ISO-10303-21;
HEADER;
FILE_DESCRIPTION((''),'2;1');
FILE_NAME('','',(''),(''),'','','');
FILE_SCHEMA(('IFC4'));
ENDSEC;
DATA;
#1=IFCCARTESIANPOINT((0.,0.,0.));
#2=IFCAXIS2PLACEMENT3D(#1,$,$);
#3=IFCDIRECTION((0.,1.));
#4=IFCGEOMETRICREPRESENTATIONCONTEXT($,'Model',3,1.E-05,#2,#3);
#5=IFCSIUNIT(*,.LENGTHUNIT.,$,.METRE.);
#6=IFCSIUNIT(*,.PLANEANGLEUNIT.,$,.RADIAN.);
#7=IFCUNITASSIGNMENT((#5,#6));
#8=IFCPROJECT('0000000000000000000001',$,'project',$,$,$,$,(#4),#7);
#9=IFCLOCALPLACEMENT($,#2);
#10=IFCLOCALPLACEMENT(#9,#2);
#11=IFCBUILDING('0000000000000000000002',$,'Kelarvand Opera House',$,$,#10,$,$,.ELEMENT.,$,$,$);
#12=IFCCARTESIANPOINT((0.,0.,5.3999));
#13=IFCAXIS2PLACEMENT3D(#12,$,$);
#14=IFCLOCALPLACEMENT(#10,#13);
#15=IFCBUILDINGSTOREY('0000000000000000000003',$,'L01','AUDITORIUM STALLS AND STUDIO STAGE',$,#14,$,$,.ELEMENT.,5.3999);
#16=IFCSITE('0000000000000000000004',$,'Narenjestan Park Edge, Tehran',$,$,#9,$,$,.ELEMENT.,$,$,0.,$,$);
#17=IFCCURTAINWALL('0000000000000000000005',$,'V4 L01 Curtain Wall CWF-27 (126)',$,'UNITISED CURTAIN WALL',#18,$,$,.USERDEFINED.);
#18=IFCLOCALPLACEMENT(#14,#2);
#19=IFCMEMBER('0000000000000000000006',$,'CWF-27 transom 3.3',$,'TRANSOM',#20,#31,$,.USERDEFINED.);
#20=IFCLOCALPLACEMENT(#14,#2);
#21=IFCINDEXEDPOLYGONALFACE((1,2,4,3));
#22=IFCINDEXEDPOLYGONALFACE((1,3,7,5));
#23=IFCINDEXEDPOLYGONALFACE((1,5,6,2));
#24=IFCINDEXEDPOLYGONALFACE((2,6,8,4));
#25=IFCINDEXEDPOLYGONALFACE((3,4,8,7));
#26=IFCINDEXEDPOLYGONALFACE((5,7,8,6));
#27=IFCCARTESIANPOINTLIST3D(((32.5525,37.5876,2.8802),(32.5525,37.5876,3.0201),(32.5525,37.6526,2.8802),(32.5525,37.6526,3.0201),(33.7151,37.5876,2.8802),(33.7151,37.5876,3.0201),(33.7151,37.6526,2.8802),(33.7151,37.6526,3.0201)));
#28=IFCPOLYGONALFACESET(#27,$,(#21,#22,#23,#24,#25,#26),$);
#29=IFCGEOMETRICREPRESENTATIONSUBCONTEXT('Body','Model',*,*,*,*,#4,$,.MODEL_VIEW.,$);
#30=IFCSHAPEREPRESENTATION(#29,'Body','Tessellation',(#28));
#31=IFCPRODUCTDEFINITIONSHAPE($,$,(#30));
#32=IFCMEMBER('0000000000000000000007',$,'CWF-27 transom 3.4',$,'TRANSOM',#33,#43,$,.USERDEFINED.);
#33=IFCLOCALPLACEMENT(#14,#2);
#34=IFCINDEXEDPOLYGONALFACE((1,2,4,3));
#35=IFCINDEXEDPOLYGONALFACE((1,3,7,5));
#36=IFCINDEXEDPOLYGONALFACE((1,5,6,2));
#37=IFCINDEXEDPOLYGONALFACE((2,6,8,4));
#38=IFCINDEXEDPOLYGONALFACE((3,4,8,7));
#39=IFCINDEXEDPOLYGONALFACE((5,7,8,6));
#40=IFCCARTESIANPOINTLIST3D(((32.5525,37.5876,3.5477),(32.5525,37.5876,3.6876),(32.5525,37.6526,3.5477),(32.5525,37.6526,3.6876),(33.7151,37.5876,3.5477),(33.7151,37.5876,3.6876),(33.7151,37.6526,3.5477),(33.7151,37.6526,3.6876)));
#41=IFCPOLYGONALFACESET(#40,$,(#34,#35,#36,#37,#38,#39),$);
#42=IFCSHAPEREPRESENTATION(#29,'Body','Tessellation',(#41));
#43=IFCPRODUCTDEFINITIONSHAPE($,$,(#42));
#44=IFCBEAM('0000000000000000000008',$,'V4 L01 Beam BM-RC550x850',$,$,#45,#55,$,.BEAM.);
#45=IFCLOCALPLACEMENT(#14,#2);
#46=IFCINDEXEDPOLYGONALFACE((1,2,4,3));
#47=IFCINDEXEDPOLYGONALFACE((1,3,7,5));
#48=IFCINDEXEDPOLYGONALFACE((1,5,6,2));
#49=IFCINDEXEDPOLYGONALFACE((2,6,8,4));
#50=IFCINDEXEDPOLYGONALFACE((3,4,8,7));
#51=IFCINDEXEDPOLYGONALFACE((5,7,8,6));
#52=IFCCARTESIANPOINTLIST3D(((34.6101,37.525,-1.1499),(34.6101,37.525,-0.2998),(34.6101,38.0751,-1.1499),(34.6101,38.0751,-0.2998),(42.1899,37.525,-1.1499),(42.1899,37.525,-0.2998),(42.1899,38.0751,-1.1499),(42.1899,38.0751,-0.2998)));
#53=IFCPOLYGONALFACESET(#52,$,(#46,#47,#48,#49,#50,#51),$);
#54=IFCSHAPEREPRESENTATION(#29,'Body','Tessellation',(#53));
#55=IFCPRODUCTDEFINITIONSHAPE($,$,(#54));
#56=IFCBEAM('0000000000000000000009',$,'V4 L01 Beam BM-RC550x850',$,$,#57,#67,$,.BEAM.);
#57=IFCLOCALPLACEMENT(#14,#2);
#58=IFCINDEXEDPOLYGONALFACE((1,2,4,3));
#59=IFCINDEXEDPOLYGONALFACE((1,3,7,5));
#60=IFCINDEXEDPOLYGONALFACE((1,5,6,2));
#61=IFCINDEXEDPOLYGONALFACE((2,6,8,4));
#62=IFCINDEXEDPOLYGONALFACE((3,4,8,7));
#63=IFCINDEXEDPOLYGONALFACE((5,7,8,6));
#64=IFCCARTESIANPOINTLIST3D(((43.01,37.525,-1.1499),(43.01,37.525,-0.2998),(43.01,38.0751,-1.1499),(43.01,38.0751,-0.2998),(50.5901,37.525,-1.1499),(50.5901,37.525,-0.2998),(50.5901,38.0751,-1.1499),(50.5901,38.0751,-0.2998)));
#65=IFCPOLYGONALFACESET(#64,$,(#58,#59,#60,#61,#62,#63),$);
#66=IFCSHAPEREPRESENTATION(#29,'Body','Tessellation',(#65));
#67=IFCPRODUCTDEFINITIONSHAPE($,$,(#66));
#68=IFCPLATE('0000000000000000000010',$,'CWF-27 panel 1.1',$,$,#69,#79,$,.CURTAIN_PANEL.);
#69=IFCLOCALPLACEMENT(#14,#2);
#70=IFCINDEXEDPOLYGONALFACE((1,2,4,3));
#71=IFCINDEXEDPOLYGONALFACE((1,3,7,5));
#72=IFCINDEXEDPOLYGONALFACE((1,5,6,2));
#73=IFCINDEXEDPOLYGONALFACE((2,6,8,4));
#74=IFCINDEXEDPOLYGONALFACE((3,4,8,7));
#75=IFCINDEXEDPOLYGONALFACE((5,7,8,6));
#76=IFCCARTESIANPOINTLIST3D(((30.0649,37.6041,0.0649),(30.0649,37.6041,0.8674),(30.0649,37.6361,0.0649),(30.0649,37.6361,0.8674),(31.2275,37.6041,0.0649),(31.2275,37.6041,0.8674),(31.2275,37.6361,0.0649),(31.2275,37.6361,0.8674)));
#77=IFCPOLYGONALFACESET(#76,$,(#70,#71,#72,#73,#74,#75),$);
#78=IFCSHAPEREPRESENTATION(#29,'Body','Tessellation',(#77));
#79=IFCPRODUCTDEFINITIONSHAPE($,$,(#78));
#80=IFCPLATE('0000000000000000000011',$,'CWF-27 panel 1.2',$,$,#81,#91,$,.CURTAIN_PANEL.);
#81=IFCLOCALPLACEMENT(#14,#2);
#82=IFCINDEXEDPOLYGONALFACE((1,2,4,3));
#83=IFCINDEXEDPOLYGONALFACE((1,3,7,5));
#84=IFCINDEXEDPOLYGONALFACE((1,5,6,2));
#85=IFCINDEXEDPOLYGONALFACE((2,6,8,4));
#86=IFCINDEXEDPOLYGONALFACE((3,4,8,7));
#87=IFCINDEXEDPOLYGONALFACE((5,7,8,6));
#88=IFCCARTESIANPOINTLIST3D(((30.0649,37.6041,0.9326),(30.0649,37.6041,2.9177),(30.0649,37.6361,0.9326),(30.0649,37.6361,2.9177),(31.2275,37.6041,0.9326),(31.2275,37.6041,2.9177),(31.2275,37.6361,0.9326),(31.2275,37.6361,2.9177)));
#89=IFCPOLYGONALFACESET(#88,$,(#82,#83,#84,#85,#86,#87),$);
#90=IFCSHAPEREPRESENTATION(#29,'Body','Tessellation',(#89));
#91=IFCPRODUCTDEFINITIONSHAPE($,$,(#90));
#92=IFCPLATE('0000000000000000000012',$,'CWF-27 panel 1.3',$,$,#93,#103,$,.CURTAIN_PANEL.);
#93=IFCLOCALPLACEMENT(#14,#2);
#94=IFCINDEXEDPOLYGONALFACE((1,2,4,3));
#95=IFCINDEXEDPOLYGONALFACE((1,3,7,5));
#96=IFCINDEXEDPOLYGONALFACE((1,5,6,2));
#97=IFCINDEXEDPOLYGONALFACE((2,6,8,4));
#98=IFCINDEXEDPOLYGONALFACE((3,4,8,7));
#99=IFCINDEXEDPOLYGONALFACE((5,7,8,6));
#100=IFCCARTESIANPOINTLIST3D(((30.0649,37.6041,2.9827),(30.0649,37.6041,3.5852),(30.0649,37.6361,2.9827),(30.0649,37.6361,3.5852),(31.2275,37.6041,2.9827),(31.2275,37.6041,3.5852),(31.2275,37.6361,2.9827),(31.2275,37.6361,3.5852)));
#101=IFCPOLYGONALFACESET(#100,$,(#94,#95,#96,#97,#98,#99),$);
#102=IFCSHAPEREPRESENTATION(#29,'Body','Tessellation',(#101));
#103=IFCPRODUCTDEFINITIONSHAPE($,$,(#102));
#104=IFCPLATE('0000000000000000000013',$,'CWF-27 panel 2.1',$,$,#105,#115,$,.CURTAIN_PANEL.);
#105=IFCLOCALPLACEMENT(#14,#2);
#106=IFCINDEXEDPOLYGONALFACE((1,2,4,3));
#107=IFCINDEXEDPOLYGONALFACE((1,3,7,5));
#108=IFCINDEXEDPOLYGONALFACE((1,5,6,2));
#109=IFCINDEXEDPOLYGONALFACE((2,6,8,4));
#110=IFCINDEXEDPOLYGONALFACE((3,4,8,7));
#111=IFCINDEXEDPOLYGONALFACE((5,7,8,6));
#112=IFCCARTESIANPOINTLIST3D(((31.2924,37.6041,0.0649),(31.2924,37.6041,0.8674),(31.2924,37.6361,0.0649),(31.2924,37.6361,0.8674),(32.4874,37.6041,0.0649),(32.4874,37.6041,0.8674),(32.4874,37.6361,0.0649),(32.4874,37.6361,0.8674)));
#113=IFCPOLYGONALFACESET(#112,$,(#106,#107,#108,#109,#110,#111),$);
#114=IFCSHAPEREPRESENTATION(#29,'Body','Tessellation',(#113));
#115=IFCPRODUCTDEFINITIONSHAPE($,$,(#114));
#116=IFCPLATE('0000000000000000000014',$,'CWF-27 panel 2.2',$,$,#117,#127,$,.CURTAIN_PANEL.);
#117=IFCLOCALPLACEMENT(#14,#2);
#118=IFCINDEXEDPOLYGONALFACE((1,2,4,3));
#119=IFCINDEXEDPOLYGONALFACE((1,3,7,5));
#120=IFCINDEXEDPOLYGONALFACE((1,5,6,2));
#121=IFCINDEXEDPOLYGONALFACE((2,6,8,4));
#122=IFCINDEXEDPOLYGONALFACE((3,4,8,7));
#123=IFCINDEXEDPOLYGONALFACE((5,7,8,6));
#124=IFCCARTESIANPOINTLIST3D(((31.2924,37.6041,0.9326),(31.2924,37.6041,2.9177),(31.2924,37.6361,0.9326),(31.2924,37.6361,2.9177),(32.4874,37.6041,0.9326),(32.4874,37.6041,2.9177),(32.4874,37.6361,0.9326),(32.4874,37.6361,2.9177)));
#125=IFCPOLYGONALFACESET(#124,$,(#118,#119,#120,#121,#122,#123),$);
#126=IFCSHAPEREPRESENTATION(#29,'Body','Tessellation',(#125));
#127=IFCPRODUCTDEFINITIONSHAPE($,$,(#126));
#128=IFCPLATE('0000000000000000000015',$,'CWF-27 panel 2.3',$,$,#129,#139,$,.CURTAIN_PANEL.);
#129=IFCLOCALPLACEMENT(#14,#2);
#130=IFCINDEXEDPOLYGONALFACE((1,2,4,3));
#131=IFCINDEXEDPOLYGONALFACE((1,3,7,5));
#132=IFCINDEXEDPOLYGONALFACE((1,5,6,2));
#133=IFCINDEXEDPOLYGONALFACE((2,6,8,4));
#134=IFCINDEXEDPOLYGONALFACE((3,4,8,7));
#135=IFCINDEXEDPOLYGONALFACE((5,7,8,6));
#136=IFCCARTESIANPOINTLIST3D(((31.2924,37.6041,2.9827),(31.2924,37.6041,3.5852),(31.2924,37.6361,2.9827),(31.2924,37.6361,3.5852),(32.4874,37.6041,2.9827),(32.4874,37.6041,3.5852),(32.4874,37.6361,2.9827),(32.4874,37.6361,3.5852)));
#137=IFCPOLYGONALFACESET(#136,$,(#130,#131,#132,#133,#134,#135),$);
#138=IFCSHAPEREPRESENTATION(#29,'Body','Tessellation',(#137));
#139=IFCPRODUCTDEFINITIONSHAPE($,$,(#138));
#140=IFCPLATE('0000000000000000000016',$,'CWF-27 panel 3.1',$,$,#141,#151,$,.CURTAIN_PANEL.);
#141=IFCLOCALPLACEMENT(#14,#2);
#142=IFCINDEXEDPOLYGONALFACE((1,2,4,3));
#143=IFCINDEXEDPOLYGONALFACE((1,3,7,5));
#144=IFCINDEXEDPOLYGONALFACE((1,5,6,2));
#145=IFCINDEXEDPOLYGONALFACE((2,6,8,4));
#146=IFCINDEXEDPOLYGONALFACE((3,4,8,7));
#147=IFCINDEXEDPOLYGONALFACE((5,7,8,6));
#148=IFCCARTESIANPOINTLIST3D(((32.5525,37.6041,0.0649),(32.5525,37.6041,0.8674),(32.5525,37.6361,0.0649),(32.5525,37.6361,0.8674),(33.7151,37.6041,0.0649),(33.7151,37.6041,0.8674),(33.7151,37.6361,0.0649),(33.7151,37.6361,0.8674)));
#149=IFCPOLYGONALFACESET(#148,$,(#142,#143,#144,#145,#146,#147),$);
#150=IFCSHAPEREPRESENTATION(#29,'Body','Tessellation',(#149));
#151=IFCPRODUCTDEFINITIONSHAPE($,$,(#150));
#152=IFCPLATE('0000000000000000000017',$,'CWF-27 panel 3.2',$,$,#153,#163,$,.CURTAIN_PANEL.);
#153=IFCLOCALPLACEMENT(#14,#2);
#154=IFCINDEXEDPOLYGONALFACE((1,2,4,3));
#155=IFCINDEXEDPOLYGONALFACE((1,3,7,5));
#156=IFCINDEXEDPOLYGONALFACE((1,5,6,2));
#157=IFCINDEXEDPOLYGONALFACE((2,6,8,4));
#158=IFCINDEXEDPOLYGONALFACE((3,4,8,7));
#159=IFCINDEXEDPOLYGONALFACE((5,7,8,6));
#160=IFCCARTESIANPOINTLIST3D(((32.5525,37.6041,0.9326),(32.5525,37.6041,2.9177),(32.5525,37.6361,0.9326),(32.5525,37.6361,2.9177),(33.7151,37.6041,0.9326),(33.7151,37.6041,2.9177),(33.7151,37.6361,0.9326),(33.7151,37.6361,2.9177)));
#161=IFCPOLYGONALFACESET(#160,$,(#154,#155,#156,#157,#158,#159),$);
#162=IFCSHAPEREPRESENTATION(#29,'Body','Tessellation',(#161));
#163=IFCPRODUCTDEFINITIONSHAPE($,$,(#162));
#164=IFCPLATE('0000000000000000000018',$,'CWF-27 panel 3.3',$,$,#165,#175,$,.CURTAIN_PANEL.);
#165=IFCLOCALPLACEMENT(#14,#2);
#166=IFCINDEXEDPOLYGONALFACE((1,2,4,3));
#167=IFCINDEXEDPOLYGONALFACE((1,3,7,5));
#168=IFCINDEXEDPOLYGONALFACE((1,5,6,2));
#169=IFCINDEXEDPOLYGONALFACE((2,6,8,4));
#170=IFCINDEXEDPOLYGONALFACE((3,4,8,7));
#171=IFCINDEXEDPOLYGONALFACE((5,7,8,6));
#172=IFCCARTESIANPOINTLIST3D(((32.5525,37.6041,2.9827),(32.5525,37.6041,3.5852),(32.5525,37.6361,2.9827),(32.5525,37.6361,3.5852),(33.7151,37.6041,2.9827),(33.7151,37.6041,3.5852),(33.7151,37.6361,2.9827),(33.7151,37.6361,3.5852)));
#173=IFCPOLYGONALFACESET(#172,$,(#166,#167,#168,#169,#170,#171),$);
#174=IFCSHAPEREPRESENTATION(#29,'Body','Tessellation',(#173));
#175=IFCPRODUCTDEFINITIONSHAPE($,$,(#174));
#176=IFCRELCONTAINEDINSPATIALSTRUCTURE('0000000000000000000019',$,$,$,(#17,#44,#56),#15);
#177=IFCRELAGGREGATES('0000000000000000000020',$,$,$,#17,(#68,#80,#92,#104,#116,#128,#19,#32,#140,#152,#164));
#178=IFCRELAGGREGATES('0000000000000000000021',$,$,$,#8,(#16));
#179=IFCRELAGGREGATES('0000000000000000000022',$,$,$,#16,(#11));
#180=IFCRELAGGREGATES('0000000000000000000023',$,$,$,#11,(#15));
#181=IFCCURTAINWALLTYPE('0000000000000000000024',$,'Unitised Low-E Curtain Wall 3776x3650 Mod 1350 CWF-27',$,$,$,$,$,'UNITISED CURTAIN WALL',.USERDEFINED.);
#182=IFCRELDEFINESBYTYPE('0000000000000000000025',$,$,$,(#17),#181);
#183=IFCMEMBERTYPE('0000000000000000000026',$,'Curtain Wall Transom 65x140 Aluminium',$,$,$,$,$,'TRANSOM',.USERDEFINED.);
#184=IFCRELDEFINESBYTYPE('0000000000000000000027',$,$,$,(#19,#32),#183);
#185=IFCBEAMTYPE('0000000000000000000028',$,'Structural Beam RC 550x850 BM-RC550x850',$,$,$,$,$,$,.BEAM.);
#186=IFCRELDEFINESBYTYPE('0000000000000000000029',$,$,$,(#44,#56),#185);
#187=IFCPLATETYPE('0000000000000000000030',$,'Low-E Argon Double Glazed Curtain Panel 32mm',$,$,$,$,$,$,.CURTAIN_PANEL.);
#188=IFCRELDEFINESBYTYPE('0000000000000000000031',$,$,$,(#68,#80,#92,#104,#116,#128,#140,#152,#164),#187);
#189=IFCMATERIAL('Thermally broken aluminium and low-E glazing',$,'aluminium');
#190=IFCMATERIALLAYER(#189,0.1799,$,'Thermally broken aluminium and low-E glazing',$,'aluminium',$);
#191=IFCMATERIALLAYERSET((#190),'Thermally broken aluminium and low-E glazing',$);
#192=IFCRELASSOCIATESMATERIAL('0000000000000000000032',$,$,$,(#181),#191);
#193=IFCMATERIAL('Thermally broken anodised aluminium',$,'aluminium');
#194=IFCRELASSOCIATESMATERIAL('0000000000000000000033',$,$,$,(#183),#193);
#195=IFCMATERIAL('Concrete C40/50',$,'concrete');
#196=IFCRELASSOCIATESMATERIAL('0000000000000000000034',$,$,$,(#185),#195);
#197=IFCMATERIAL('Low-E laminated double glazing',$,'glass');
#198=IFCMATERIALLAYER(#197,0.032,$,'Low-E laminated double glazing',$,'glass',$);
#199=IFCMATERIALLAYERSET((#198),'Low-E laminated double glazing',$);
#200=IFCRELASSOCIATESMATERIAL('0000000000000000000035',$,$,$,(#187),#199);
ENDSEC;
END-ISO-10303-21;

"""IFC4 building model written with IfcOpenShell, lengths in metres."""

from ifc_helpers import new_model, si_unit, direction, frame, origin, origin_2d, place, context, subcontext, project, spatial, rectangle, extrude, material, layer, layer_set, material_profile, profile_set, type_object, element, aggregate, save


model = new_model("IFC4")

# Units and contexts
model_context = context("Model", 3, precision=1e-05, world=origin(), true_north=direction((0.0, 1.0)))
body_context = subcontext(model_context, "Body", "Model", "MODEL_VIEW")
ifc_project = project(units=[si_unit("LENGTHUNIT", "METRE"), si_unit("PLANEANGLEUNIT", "RADIAN")], contexts=[model_context])

# Site, building, storey
site_placement = place(None, origin())
site = spatial("IfcSite", under=ifc_project, at=site_placement, Name="Narenjestan Park Edge, Tehran", CompositionType="ELEMENT", RefElevation=0.0)
building_placement = place(site_placement, origin())
building = spatial("IfcBuilding", under=site, at=building_placement, Name="Kelarvand Opera House", CompositionType="ELEMENT")
storey_placement = place(building_placement, frame((0.0, 0.0, 5.3999)))
storey = spatial("IfcBuildingStorey", under=building, at=storey_placement, Name="L01", Description="AUDITORIUM STALLS AND STUDIO STAGE", CompositionType="ELEMENT", Elevation=5.3999)

# Shared definitions
ifc_material_1 = material(Name="Concrete C40/50", Category="concrete")

# Curtain wall, members
ifc_material_2 = material(Name="Thermally broken aluminium and low-E glazing", Category="aluminium")
ifc_layer_1 = layer(ifc_material_2, 0.1799, Name="Thermally broken aluminium and low-E glazing", Category="aluminium")
ifc_layer_set_1 = layer_set([ifc_layer_1], Name="Thermally broken aluminium and low-E glazing")
curtain_wall_type = type_object("IfcCurtainWallType", Name="Unitised Low-E Curtain Wall 3776x3650 Mod 1350 CWF-27", ElementType="UNITISED CURTAIN WALL", PredefinedType="USERDEFINED", material=ifc_layer_set_1)
curtain_wall_placement = place(storey_placement, origin())
curtain_wall = element("IfcCurtainWall", 1, at=curtain_wall_placement, inside=storey, type_object=curtain_wall_type, Name="V4 L01 Curtain Wall CWF-27 (126)", ObjectType="UNITISED CURTAIN WALL", PredefinedType="USERDEFINED")
ifc_material_3 = material(Name="Thermally broken anodised aluminium", Category="aluminium")
ifc_material_profile_1 = material_profile(ifc_material_3, rectangle(XDim=0.0649, YDim=0.1399, at=origin_2d()), Name="ALU TRANSOM 65x140", Category="aluminium")
ifc_profile_set_1 = profile_set([ifc_material_profile_1], Name="Thermally broken anodised aluminium")
member_type_1 = type_object("IfcMemberType", Name="Curtain Wall Transom 65x140 Aluminium", ElementType="TRANSOM", PredefinedType="USERDEFINED", material=ifc_profile_set_1)
member_1_placement = place(storey_placement, frame((32.5525, 37.6201, 2.9502), z_axis=(1.0, 0.0, 0.0), x_axis=(0.0, 1.0, 0.0)))
member_1 = element("IfcMember", 2, at=member_1_placement, type_object=member_type_1, Name="CWF-27 transom 3.3", ObjectType="TRANSOM", PredefinedType="USERDEFINED", context=body_context, shape_type="SweptSolid", body=[
    extrude(rectangle(XDim=0.0649, YDim=0.1399, at=origin_2d()), origin(), (0.0, 0.0, 1.0), 1.1626),
])
member_2_placement = place(storey_placement, frame((32.5525, 37.6201, 3.6177), z_axis=(1.0, 0.0, 0.0), x_axis=(0.0, 1.0, 0.0)))
member_2 = element("IfcMember", 3, at=member_2_placement, type_object=member_type_1, Name="CWF-27 transom 3.4", ObjectType="TRANSOM", PredefinedType="USERDEFINED", context=body_context, shape_type="SweptSolid", body=[
    extrude(rectangle(XDim=0.0649, YDim=0.1399, at=origin_2d()), origin(), (0.0, 0.0, 1.0), 1.1626),
])

# Beams
ifc_material_profile_2 = material_profile(ifc_material_1, rectangle(XDim=0.55, YDim=0.8501, at=origin_2d()), Name="RC 550x850", Category="concrete")
ifc_profile_set_2 = profile_set([ifc_material_profile_2], Name="Concrete C40/50")
beam_type = type_object("IfcBeamType", Name="Structural Beam RC 550x850 BM-RC550x850", PredefinedType="BEAM", material=ifc_profile_set_2)
beam_1_placement = place(storey_placement, frame((34.6101, 37.8, -0.7249), z_axis=(1.0, 0.0, 0.0), x_axis=(0.0, 1.0, 0.0)))
element("IfcBeam", 4, at=beam_1_placement, inside=storey, type_object=beam_type, Name="V4 L01 Beam BM-RC550x850", PredefinedType="BEAM", context=body_context, shape_type="SweptSolid", body=[
    extrude(rectangle(XDim=0.55, YDim=0.8501, at=origin_2d()), origin(), (0.0, 0.0, 1.0), 7.5798),
])
beam_2_placement = place(storey_placement, frame((43.01, 37.8, -0.7249), z_axis=(1.0, 0.0, 0.0), x_axis=(0.0, 1.0, 0.0)))
element("IfcBeam", 5, at=beam_2_placement, inside=storey, type_object=beam_type, Name="V4 L01 Beam BM-RC550x850", PredefinedType="BEAM", context=body_context, shape_type="SweptSolid", body=[
    extrude(rectangle(XDim=0.55, YDim=0.8501, at=origin_2d()), origin(), (0.0, 0.0, 1.0), 7.5801),
])

# Plates
ifc_material_4 = material(Name="Low-E laminated double glazing", Category="glass")
ifc_layer_2 = layer(ifc_material_4, 0.032, Name="Low-E laminated double glazing", Category="glass")
ifc_layer_set_2 = layer_set([ifc_layer_2], Name="Low-E laminated double glazing")
plate_type = type_object("IfcPlateType", Name="Low-E Argon Double Glazed Curtain Panel 32mm", PredefinedType="CURTAIN_PANEL", material=ifc_layer_set_2)
plate_1_placement = place(storey_placement, frame((30.6462, 37.6201, 0.0649), z_axis=(0.0, 0.0, 1.0), x_axis=(1.0, 0.0, 0.0)))
plate_1 = element("IfcPlate", 6, at=plate_1_placement, type_object=plate_type, Name="CWF-27 panel 1.1", PredefinedType="CURTAIN_PANEL", context=body_context, shape_type="SweptSolid", body=[
    extrude(rectangle(XDim=1.1626, YDim=0.032, at=origin_2d()), origin(), (0.0, 0.0, 1.0), 0.8025),
])
plate_2_placement = place(storey_placement, frame((30.6462, 37.6201, 0.9326), z_axis=(0.0, 0.0, 1.0), x_axis=(1.0, 0.0, 0.0)))
plate_2 = element("IfcPlate", 7, at=plate_2_placement, type_object=plate_type, Name="CWF-27 panel 1.2", PredefinedType="CURTAIN_PANEL", context=body_context, shape_type="SweptSolid", body=[
    extrude(rectangle(XDim=1.1626, YDim=0.032, at=origin_2d()), origin(), (0.0, 0.0, 1.0), 1.9851),
])
plate_3_placement = place(storey_placement, frame((30.6462, 37.6201, 2.9827), z_axis=(0.0, 0.0, 1.0), x_axis=(1.0, 0.0, 0.0)))
plate_3 = element("IfcPlate", 8, at=plate_3_placement, type_object=plate_type, Name="CWF-27 panel 1.3", PredefinedType="CURTAIN_PANEL", context=body_context, shape_type="SweptSolid", body=[
    extrude(rectangle(XDim=1.1626, YDim=0.032, at=origin_2d()), origin(), (0.0, 0.0, 1.0), 0.6025),
])
plate_4_placement = place(storey_placement, frame((31.8899, 37.6201, 0.0649), z_axis=(0.0, 0.0, 1.0), x_axis=(1.0, 0.0, 0.0)))
plate_4 = element("IfcPlate", 9, at=plate_4_placement, type_object=plate_type, Name="CWF-27 panel 2.1", PredefinedType="CURTAIN_PANEL", context=body_context, shape_type="SweptSolid", body=[
    extrude(rectangle(XDim=1.1951, YDim=0.032, at=origin_2d()), origin(), (0.0, 0.0, 1.0), 0.8025),
])
plate_5_placement = place(storey_placement, frame((31.8899, 37.6201, 0.9326), z_axis=(0.0, 0.0, 1.0), x_axis=(1.0, 0.0, 0.0)))
plate_5 = element("IfcPlate", 10, at=plate_5_placement, type_object=plate_type, Name="CWF-27 panel 2.2", PredefinedType="CURTAIN_PANEL", context=body_context, shape_type="SweptSolid", body=[
    extrude(rectangle(XDim=1.1951, YDim=0.032, at=origin_2d()), origin(), (0.0, 0.0, 1.0), 1.9851),
])
plate_6_placement = place(storey_placement, frame((31.8899, 37.6201, 2.9827), z_axis=(0.0, 0.0, 1.0), x_axis=(1.0, 0.0, 0.0)))
plate_6 = element("IfcPlate", 11, at=plate_6_placement, type_object=plate_type, Name="CWF-27 panel 2.3", PredefinedType="CURTAIN_PANEL", context=body_context, shape_type="SweptSolid", body=[
    extrude(rectangle(XDim=1.1951, YDim=0.032, at=origin_2d()), origin(), (0.0, 0.0, 1.0), 0.6025),
])
plate_7_placement = place(storey_placement, frame((33.1338, 37.6201, 0.0649), z_axis=(0.0, 0.0, 1.0), x_axis=(1.0, 0.0, 0.0)))
plate_7 = element("IfcPlate", 12, at=plate_7_placement, type_object=plate_type, Name="CWF-27 panel 3.1", PredefinedType="CURTAIN_PANEL", context=body_context, shape_type="SweptSolid", body=[
    extrude(rectangle(XDim=1.1626, YDim=0.032, at=origin_2d()), origin(), (0.0, 0.0, 1.0), 0.8025),
])
plate_8_placement = place(storey_placement, frame((33.1338, 37.6201, 0.9326), z_axis=(0.0, 0.0, 1.0), x_axis=(1.0, 0.0, 0.0)))
plate_8 = element("IfcPlate", 13, at=plate_8_placement, type_object=plate_type, Name="CWF-27 panel 3.2", PredefinedType="CURTAIN_PANEL", context=body_context, shape_type="SweptSolid", body=[
    extrude(rectangle(XDim=1.1626, YDim=0.032, at=origin_2d()), origin(), (0.0, 0.0, 1.0), 1.9851),
])
plate_9_placement = place(storey_placement, frame((33.1338, 37.6201, 2.9827), z_axis=(0.0, 0.0, 1.0), x_axis=(1.0, 0.0, 0.0)))
plate_9 = element("IfcPlate", 14, at=plate_9_placement, type_object=plate_type, Name="CWF-27 panel 3.3", PredefinedType="CURTAIN_PANEL", context=body_context, shape_type="SweptSolid", body=[
    extrude(rectangle(XDim=1.1626, YDim=0.032, at=origin_2d()), origin(), (0.0, 0.0, 1.0), 0.6025),
])
aggregate(curtain_wall, [plate_1, plate_2, plate_3, plate_4, plate_5, plate_6, member_1, member_2, plate_7, plate_8, plate_9])

save(model, "model.ifc")
